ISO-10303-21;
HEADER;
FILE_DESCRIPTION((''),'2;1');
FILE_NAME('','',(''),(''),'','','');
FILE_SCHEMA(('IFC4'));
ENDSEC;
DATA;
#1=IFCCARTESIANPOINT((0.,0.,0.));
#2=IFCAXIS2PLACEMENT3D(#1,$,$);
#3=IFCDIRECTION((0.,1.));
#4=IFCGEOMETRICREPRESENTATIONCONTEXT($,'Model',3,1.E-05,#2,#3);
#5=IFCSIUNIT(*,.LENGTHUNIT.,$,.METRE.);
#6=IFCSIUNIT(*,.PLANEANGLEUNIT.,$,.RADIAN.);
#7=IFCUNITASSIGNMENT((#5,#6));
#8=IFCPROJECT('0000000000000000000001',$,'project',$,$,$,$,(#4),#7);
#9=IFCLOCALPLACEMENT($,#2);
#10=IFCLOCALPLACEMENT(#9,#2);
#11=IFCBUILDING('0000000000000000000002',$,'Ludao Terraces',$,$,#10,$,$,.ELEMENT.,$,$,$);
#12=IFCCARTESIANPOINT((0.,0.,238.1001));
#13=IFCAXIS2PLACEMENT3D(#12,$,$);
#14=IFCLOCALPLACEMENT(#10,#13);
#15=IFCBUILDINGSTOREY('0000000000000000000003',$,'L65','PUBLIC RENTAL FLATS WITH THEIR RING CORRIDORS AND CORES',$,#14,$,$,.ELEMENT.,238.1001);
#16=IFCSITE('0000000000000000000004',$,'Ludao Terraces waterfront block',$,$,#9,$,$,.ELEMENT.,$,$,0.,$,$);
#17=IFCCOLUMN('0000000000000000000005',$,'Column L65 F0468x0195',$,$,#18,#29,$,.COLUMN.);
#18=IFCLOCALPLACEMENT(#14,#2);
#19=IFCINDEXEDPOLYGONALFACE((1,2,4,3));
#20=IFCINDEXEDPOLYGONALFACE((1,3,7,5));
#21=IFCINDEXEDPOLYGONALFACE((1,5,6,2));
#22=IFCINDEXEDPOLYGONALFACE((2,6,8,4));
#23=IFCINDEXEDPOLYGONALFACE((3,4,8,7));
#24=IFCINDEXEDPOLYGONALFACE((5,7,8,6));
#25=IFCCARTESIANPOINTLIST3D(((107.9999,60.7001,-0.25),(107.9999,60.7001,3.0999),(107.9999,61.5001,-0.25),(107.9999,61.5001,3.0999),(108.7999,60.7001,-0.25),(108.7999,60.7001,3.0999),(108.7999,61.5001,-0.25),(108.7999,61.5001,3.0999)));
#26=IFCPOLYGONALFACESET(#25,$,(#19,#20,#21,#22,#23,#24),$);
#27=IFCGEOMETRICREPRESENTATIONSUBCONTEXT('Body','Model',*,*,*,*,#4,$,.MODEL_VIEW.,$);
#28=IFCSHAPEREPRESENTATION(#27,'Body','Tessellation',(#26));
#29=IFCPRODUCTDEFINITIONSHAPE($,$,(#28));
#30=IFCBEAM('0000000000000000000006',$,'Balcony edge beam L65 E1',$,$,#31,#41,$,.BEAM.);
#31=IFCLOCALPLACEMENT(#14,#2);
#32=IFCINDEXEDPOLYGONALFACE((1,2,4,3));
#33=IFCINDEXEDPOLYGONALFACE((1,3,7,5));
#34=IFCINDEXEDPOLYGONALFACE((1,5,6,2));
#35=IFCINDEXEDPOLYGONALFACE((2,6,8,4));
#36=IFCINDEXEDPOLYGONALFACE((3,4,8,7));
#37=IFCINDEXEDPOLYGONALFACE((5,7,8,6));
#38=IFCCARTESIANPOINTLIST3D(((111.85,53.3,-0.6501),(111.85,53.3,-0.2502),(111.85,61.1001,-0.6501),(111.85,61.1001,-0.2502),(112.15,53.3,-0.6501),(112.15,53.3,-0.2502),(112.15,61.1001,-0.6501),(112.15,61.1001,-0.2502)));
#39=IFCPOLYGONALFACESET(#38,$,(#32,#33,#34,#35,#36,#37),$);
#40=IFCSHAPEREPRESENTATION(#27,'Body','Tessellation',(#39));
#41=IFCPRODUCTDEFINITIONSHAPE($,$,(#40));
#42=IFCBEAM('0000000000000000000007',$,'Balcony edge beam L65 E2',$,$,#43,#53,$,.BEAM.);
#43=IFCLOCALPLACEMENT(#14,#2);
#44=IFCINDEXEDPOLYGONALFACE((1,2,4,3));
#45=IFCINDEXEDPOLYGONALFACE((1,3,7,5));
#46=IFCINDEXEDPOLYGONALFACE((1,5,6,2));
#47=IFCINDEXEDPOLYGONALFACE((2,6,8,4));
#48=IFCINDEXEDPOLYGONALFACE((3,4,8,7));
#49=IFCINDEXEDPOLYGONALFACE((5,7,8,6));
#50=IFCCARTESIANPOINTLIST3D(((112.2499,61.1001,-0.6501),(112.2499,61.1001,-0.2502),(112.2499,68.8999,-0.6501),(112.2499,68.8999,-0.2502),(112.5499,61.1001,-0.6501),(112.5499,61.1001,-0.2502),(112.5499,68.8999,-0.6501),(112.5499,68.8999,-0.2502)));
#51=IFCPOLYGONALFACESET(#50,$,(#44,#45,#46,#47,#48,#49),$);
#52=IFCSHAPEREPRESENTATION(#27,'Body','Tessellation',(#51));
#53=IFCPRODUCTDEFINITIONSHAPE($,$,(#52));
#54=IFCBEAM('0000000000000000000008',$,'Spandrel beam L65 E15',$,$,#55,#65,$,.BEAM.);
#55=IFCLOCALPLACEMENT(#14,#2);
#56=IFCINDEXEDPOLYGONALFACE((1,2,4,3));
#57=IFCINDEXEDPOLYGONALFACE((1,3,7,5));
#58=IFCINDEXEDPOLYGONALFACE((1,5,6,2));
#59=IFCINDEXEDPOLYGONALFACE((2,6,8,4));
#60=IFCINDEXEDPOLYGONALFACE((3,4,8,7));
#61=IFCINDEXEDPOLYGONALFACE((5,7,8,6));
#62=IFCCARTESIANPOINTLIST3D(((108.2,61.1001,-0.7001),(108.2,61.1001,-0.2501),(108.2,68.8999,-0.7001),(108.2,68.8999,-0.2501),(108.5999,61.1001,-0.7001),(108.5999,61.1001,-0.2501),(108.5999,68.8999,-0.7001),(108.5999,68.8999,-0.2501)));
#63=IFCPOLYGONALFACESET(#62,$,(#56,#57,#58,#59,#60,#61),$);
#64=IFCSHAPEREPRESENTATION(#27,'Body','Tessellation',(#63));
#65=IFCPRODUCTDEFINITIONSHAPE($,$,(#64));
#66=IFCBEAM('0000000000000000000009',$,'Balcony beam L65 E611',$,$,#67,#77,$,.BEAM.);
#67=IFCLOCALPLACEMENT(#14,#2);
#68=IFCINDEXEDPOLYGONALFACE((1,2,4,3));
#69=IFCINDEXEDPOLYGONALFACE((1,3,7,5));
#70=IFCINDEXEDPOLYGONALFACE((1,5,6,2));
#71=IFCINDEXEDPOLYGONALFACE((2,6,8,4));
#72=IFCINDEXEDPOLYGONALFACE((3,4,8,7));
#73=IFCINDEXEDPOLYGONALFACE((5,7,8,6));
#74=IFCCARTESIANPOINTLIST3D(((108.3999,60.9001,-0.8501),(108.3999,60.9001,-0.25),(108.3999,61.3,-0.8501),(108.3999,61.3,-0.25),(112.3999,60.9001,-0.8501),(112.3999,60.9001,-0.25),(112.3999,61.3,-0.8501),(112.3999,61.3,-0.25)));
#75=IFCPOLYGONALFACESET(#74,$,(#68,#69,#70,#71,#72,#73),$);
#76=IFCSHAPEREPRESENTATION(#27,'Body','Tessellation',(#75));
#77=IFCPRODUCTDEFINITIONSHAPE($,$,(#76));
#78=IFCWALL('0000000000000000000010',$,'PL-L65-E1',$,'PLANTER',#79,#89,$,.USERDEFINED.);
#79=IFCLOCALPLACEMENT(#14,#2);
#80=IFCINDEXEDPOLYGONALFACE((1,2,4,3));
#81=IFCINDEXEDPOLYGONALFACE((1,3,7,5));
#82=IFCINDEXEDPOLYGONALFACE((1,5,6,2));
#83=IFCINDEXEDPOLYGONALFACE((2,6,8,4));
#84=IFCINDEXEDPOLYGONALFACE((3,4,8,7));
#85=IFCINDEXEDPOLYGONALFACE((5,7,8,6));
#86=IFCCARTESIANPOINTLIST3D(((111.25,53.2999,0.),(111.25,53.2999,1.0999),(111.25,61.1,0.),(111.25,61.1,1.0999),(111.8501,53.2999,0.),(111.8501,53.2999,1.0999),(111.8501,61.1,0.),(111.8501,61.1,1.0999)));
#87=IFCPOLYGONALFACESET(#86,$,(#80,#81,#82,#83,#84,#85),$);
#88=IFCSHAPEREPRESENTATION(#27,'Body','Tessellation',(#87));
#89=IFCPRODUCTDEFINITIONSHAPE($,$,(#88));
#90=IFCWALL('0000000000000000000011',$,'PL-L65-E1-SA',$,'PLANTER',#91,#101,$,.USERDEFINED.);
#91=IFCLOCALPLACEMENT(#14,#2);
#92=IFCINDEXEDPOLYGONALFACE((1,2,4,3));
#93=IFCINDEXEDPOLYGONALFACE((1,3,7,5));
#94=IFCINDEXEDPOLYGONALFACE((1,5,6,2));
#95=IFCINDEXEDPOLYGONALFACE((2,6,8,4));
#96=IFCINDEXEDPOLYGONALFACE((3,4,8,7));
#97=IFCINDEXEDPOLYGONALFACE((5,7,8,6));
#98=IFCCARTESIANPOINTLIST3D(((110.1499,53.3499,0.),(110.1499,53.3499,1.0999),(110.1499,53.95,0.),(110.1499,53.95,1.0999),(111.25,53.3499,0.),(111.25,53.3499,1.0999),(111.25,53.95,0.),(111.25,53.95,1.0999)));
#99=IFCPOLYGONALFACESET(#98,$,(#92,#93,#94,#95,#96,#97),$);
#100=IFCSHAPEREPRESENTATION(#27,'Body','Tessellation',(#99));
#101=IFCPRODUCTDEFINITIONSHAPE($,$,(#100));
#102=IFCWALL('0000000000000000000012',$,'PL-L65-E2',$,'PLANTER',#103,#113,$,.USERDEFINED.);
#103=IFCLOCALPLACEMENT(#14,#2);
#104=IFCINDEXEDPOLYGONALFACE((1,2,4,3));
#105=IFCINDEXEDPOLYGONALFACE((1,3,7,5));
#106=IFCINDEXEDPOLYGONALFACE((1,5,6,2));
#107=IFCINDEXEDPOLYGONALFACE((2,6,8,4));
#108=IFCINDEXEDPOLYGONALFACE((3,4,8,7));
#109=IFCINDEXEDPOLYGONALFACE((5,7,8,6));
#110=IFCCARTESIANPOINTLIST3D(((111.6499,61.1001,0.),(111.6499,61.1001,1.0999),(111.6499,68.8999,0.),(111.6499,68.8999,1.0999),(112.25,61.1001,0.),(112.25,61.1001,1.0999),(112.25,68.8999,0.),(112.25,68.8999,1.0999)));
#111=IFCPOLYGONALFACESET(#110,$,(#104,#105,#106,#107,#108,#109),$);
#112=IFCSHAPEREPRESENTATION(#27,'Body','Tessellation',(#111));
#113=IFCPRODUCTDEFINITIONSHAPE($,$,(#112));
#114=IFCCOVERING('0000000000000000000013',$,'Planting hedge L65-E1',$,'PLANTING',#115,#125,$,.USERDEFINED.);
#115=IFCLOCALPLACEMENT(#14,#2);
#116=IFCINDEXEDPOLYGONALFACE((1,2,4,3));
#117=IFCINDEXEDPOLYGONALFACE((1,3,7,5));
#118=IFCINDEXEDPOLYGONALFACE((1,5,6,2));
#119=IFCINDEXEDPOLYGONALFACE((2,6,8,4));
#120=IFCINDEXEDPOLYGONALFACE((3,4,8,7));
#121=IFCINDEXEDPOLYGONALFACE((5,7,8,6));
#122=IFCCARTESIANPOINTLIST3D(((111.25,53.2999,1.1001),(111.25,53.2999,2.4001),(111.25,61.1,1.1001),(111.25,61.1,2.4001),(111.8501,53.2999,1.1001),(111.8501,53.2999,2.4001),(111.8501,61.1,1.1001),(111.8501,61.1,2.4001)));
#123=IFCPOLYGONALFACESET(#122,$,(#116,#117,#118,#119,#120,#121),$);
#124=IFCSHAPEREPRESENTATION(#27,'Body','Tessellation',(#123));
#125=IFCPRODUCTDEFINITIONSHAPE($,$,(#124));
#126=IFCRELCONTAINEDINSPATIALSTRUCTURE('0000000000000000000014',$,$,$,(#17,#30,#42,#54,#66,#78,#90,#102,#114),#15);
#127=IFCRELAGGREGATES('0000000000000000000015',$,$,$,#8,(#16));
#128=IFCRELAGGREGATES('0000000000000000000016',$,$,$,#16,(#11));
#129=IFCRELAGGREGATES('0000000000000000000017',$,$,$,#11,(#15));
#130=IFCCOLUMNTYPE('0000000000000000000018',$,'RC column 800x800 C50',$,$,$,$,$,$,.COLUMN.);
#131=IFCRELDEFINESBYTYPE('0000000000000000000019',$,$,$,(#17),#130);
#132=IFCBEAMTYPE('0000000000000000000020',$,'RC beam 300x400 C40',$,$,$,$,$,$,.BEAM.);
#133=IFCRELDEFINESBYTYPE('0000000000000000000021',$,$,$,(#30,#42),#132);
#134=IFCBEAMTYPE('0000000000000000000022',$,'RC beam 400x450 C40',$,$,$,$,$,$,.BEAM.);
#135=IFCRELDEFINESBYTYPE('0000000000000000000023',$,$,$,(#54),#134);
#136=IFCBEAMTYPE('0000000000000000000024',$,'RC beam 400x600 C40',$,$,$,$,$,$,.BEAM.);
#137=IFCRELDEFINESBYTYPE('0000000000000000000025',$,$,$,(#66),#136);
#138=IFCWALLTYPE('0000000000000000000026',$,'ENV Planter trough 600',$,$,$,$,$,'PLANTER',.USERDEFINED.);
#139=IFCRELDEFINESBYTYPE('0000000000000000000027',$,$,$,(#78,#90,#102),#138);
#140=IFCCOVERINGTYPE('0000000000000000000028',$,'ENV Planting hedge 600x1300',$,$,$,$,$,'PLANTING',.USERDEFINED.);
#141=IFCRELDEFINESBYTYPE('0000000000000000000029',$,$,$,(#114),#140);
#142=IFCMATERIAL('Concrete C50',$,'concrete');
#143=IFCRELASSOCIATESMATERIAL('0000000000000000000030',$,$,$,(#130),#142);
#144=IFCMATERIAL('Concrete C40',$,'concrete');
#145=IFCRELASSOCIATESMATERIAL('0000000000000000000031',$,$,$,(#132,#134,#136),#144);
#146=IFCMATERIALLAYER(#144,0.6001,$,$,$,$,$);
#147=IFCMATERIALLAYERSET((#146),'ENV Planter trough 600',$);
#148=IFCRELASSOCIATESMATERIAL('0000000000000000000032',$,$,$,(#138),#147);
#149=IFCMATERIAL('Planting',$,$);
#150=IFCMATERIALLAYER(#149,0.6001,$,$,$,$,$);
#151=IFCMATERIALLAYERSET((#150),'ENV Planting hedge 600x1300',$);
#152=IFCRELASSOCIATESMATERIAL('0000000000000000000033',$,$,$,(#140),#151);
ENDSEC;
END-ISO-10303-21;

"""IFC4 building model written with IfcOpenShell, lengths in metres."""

from ifc_helpers import new_model, si_unit, direction, frame, frame_2d, origin, origin_2d, place, context, subcontext, project, spatial, rectangle, extrude, material, layer, layer_set, material_profile, profile_set, type_object, element, save


model = new_model("IFC4")

# Units and contexts
model_context = context("Model", 3, precision=1e-05, world=origin(), true_north=direction((0.0, 1.0)))
body_context = subcontext(model_context, "Body", "Model", "MODEL_VIEW")
ifc_project = project(units=[si_unit("LENGTHUNIT", "METRE"), si_unit("PLANEANGLEUNIT", "RADIAN")], contexts=[model_context])

# Site, building, storey
site_placement = place(None, origin())
site = spatial("IfcSite", under=ifc_project, at=site_placement, Name="Ludao Terraces waterfront block", CompositionType="ELEMENT", RefElevation=0.0)
building_placement = place(site_placement, origin())
building = spatial("IfcBuilding", under=site, at=building_placement, Name="Ludao Terraces", CompositionType="ELEMENT")
storey_placement = place(building_placement, frame((0.0, 0.0, 238.1001)))
storey = spatial("IfcBuildingStorey", under=building, at=storey_placement, Name="L65", Description="PUBLIC RENTAL FLATS WITH THEIR RING CORRIDORS AND CORES", CompositionType="ELEMENT", Elevation=238.1001)

# Column
ifc_material_1 = material(Name="Concrete C50", Category="concrete")
ifc_material_profile_1 = material_profile(ifc_material_1, rectangle(XDim=0.8, YDim=0.8, at=origin_2d()), Name="800 X 800")
ifc_profile_set_1 = profile_set([ifc_material_profile_1], Name="Concrete C50")
column_type = type_object("IfcColumnType", Name="RC column 800x800 C50", PredefinedType="COLUMN", material=ifc_profile_set_1)
column_placement = place(storey_placement, frame((108.3999, 61.1001, -0.25), z_axis=(0.0, 0.0, 1.0), x_axis=(1.0, 0.0, 0.0)))
element("IfcColumn", 1, at=column_placement, inside=storey, type_object=column_type, Name="Column L65 F0468x0195", PredefinedType="COLUMN", context=body_context, shape_type="SweptSolid", body=[
    extrude(rectangle(XDim=0.8, YDim=0.8, at=origin_2d()), origin(), (0.0, 0.0, 1.0), 3.3499),
])

# Beams
ifc_material_2 = material(Name="Concrete C40", Category="concrete")
ifc_material_profile_2 = material_profile(ifc_material_2, rectangle(XDim=0.3, YDim=0.3999, at=origin_2d()), Name="300 X 400")
ifc_profile_set_2 = profile_set([ifc_material_profile_2], Name="Concrete C40")
beam_type_1 = type_object("IfcBeamType", Name="RC beam 300x400 C40", PredefinedType="BEAM", material=ifc_profile_set_2)
beam_1_placement = place(storey_placement, frame((112.0, 53.3, -0.4502), z_axis=(0.0, 1.0, 0.0), x_axis=(-1.0, 0.0, 0.0)))
element("IfcBeam", 2, at=beam_1_placement, inside=storey, type_object=beam_type_1, Name="Balcony edge beam L65 E1", PredefinedType="BEAM", context=body_context, shape_type="SweptSolid", body=[
    extrude(rectangle(XDim=0.3, YDim=0.3999, at=origin_2d()), origin(), (0.0, 0.0, 1.0), 7.8),
])
beam_2_placement = place(storey_placement, frame((112.3999, 61.1001, -0.4502), z_axis=(0.0, 1.0, 0.0), x_axis=(-1.0, 0.0, 0.0)))
element("IfcBeam", 3, at=beam_2_placement, inside=storey, type_object=beam_type_1, Name="Balcony edge beam L65 E2", PredefinedType="BEAM", context=body_context, shape_type="SweptSolid", body=[
    extrude(rectangle(XDim=0.3, YDim=0.3999, at=origin_2d()), origin(), (0.0, 0.0, 1.0), 7.7998),
])
ifc_material_profile_3 = material_profile(ifc_material_2, rectangle(XDim=0.3999, YDim=0.45, at=origin_2d()), Name="400 X 450")
ifc_profile_set_3 = profile_set([ifc_material_profile_3], Name="Concrete C40")
beam_type_2 = type_object("IfcBeamType", Name="RC beam 400x450 C40", PredefinedType="BEAM", material=ifc_profile_set_3)
beam_3_placement = place(storey_placement, frame((108.3999, 61.1001, -0.4751), z_axis=(0.0, 1.0, 0.0), x_axis=(-1.0, 0.0, 0.0)))
element("IfcBeam", 4, at=beam_3_placement, inside=storey, type_object=beam_type_2, Name="Spandrel beam L65 E15", PredefinedType="BEAM", context=body_context, shape_type="SweptSolid", body=[
    extrude(rectangle(XDim=0.3999, YDim=0.45, at=origin_2d()), origin(), (0.0, 0.0, 1.0), 7.7998),
])
ifc_material_profile_4 = material_profile(ifc_material_2, rectangle(XDim=0.3999, YDim=0.6001, at=origin_2d()), Name="400 X 600")
ifc_profile_set_4 = profile_set([ifc_material_profile_4], Name="Concrete C40")
beam_type_3 = type_object("IfcBeamType", Name="RC beam 400x600 C40", PredefinedType="BEAM", material=ifc_profile_set_4)
beam_4_placement = place(storey_placement, frame((108.3999, 61.1001, -0.55), z_axis=(1.0, 0.0, 0.0), x_axis=(0.0, 1.0, 0.0)))
element("IfcBeam", 5, at=beam_4_placement, inside=storey, type_object=beam_type_3, Name="Balcony beam L65 E611", PredefinedType="BEAM", context=body_context, shape_type="SweptSolid", body=[
    extrude(rectangle(XDim=0.3999, YDim=0.6001, at=origin_2d()), origin(), (0.0, 0.0, 1.0), 4.0),
])

# Walls
ifc_layer_1 = layer(ifc_material_2, 0.6001)
ifc_layer_set_1 = layer_set([ifc_layer_1], Name="ENV Planter trough 600")
wall_type = type_object("IfcWallType", Name="ENV Planter trough 600", ElementType="PLANTER", PredefinedType="USERDEFINED", material=ifc_layer_set_1)
wall_1_placement = place(storey_placement, frame((111.55, 53.3, 0.0), z_axis=(0.0, 0.0, 1.0), x_axis=(0.0, 1.0, 0.0)))
element("IfcWall", 6, at=wall_1_placement, inside=storey, type_object=wall_type, Name="PL-L65-E1", ObjectType="PLANTER", PredefinedType="USERDEFINED", context=body_context, shape_type="SweptSolid", body=[
    extrude(rectangle(XDim=7.8, YDim=0.6001, at=frame_2d((3.8999, 0.0))), origin(), (0.0, 0.0, 1.0), 1.0999),
])
wall_2_placement = place(storey_placement, frame((111.25, 53.6499, 0.0), z_axis=(0.0, 0.0, 1.0), x_axis=(-1.0, 0.0, 0.0)))
element("IfcWall", 7, at=wall_2_placement, inside=storey, type_object=wall_type, Name="PL-L65-E1-SA", ObjectType="PLANTER", PredefinedType="USERDEFINED", context=body_context, shape_type="SweptSolid", body=[
    extrude(rectangle(XDim=1.1001, YDim=0.6001, at=frame_2d((0.55, 0.0))), origin(), (0.0, 0.0, 1.0), 1.0999),
])
wall_3_placement = place(storey_placement, frame((111.95, 61.1001, 0.0), z_axis=(0.0, 0.0, 1.0), x_axis=(0.0, 1.0, 0.0)))
element("IfcWall", 8, at=wall_3_placement, inside=storey, type_object=wall_type, Name="PL-L65-E2", ObjectType="PLANTER", PredefinedType="USERDEFINED", context=body_context, shape_type="SweptSolid", body=[
    extrude(rectangle(XDim=7.7998, YDim=0.6001, at=frame_2d((3.8999, 0.0))), origin(), (0.0, 0.0, 1.0), 1.0999),
])

# Covering
ifc_material_3 = material(Name="Planting")
ifc_layer_2 = layer(ifc_material_3, 0.6001)
ifc_layer_set_2 = layer_set([ifc_layer_2], Name="ENV Planting hedge 600x1300")
covering_type = type_object("IfcCoveringType", Name="ENV Planting hedge 600x1300", ElementType="PLANTING", PredefinedType="USERDEFINED", material=ifc_layer_set_2)
covering_placement = place(storey_placement, frame((111.55, 57.2, 1.1001), z_axis=(0.0, 0.0, 1.0), x_axis=(1.0, 0.0, 0.0)))
element("IfcCovering", 9, at=covering_placement, inside=storey, type_object=covering_type, Name="Planting hedge L65-E1", ObjectType="PLANTING", PredefinedType="USERDEFINED", context=body_context, shape_type="SweptSolid", body=[
    extrude(rectangle(XDim=0.6001, YDim=7.8, at=origin_2d()), origin(), (0.0, 0.0, 1.0), 1.3),
])

save(model, "model.ifc")
